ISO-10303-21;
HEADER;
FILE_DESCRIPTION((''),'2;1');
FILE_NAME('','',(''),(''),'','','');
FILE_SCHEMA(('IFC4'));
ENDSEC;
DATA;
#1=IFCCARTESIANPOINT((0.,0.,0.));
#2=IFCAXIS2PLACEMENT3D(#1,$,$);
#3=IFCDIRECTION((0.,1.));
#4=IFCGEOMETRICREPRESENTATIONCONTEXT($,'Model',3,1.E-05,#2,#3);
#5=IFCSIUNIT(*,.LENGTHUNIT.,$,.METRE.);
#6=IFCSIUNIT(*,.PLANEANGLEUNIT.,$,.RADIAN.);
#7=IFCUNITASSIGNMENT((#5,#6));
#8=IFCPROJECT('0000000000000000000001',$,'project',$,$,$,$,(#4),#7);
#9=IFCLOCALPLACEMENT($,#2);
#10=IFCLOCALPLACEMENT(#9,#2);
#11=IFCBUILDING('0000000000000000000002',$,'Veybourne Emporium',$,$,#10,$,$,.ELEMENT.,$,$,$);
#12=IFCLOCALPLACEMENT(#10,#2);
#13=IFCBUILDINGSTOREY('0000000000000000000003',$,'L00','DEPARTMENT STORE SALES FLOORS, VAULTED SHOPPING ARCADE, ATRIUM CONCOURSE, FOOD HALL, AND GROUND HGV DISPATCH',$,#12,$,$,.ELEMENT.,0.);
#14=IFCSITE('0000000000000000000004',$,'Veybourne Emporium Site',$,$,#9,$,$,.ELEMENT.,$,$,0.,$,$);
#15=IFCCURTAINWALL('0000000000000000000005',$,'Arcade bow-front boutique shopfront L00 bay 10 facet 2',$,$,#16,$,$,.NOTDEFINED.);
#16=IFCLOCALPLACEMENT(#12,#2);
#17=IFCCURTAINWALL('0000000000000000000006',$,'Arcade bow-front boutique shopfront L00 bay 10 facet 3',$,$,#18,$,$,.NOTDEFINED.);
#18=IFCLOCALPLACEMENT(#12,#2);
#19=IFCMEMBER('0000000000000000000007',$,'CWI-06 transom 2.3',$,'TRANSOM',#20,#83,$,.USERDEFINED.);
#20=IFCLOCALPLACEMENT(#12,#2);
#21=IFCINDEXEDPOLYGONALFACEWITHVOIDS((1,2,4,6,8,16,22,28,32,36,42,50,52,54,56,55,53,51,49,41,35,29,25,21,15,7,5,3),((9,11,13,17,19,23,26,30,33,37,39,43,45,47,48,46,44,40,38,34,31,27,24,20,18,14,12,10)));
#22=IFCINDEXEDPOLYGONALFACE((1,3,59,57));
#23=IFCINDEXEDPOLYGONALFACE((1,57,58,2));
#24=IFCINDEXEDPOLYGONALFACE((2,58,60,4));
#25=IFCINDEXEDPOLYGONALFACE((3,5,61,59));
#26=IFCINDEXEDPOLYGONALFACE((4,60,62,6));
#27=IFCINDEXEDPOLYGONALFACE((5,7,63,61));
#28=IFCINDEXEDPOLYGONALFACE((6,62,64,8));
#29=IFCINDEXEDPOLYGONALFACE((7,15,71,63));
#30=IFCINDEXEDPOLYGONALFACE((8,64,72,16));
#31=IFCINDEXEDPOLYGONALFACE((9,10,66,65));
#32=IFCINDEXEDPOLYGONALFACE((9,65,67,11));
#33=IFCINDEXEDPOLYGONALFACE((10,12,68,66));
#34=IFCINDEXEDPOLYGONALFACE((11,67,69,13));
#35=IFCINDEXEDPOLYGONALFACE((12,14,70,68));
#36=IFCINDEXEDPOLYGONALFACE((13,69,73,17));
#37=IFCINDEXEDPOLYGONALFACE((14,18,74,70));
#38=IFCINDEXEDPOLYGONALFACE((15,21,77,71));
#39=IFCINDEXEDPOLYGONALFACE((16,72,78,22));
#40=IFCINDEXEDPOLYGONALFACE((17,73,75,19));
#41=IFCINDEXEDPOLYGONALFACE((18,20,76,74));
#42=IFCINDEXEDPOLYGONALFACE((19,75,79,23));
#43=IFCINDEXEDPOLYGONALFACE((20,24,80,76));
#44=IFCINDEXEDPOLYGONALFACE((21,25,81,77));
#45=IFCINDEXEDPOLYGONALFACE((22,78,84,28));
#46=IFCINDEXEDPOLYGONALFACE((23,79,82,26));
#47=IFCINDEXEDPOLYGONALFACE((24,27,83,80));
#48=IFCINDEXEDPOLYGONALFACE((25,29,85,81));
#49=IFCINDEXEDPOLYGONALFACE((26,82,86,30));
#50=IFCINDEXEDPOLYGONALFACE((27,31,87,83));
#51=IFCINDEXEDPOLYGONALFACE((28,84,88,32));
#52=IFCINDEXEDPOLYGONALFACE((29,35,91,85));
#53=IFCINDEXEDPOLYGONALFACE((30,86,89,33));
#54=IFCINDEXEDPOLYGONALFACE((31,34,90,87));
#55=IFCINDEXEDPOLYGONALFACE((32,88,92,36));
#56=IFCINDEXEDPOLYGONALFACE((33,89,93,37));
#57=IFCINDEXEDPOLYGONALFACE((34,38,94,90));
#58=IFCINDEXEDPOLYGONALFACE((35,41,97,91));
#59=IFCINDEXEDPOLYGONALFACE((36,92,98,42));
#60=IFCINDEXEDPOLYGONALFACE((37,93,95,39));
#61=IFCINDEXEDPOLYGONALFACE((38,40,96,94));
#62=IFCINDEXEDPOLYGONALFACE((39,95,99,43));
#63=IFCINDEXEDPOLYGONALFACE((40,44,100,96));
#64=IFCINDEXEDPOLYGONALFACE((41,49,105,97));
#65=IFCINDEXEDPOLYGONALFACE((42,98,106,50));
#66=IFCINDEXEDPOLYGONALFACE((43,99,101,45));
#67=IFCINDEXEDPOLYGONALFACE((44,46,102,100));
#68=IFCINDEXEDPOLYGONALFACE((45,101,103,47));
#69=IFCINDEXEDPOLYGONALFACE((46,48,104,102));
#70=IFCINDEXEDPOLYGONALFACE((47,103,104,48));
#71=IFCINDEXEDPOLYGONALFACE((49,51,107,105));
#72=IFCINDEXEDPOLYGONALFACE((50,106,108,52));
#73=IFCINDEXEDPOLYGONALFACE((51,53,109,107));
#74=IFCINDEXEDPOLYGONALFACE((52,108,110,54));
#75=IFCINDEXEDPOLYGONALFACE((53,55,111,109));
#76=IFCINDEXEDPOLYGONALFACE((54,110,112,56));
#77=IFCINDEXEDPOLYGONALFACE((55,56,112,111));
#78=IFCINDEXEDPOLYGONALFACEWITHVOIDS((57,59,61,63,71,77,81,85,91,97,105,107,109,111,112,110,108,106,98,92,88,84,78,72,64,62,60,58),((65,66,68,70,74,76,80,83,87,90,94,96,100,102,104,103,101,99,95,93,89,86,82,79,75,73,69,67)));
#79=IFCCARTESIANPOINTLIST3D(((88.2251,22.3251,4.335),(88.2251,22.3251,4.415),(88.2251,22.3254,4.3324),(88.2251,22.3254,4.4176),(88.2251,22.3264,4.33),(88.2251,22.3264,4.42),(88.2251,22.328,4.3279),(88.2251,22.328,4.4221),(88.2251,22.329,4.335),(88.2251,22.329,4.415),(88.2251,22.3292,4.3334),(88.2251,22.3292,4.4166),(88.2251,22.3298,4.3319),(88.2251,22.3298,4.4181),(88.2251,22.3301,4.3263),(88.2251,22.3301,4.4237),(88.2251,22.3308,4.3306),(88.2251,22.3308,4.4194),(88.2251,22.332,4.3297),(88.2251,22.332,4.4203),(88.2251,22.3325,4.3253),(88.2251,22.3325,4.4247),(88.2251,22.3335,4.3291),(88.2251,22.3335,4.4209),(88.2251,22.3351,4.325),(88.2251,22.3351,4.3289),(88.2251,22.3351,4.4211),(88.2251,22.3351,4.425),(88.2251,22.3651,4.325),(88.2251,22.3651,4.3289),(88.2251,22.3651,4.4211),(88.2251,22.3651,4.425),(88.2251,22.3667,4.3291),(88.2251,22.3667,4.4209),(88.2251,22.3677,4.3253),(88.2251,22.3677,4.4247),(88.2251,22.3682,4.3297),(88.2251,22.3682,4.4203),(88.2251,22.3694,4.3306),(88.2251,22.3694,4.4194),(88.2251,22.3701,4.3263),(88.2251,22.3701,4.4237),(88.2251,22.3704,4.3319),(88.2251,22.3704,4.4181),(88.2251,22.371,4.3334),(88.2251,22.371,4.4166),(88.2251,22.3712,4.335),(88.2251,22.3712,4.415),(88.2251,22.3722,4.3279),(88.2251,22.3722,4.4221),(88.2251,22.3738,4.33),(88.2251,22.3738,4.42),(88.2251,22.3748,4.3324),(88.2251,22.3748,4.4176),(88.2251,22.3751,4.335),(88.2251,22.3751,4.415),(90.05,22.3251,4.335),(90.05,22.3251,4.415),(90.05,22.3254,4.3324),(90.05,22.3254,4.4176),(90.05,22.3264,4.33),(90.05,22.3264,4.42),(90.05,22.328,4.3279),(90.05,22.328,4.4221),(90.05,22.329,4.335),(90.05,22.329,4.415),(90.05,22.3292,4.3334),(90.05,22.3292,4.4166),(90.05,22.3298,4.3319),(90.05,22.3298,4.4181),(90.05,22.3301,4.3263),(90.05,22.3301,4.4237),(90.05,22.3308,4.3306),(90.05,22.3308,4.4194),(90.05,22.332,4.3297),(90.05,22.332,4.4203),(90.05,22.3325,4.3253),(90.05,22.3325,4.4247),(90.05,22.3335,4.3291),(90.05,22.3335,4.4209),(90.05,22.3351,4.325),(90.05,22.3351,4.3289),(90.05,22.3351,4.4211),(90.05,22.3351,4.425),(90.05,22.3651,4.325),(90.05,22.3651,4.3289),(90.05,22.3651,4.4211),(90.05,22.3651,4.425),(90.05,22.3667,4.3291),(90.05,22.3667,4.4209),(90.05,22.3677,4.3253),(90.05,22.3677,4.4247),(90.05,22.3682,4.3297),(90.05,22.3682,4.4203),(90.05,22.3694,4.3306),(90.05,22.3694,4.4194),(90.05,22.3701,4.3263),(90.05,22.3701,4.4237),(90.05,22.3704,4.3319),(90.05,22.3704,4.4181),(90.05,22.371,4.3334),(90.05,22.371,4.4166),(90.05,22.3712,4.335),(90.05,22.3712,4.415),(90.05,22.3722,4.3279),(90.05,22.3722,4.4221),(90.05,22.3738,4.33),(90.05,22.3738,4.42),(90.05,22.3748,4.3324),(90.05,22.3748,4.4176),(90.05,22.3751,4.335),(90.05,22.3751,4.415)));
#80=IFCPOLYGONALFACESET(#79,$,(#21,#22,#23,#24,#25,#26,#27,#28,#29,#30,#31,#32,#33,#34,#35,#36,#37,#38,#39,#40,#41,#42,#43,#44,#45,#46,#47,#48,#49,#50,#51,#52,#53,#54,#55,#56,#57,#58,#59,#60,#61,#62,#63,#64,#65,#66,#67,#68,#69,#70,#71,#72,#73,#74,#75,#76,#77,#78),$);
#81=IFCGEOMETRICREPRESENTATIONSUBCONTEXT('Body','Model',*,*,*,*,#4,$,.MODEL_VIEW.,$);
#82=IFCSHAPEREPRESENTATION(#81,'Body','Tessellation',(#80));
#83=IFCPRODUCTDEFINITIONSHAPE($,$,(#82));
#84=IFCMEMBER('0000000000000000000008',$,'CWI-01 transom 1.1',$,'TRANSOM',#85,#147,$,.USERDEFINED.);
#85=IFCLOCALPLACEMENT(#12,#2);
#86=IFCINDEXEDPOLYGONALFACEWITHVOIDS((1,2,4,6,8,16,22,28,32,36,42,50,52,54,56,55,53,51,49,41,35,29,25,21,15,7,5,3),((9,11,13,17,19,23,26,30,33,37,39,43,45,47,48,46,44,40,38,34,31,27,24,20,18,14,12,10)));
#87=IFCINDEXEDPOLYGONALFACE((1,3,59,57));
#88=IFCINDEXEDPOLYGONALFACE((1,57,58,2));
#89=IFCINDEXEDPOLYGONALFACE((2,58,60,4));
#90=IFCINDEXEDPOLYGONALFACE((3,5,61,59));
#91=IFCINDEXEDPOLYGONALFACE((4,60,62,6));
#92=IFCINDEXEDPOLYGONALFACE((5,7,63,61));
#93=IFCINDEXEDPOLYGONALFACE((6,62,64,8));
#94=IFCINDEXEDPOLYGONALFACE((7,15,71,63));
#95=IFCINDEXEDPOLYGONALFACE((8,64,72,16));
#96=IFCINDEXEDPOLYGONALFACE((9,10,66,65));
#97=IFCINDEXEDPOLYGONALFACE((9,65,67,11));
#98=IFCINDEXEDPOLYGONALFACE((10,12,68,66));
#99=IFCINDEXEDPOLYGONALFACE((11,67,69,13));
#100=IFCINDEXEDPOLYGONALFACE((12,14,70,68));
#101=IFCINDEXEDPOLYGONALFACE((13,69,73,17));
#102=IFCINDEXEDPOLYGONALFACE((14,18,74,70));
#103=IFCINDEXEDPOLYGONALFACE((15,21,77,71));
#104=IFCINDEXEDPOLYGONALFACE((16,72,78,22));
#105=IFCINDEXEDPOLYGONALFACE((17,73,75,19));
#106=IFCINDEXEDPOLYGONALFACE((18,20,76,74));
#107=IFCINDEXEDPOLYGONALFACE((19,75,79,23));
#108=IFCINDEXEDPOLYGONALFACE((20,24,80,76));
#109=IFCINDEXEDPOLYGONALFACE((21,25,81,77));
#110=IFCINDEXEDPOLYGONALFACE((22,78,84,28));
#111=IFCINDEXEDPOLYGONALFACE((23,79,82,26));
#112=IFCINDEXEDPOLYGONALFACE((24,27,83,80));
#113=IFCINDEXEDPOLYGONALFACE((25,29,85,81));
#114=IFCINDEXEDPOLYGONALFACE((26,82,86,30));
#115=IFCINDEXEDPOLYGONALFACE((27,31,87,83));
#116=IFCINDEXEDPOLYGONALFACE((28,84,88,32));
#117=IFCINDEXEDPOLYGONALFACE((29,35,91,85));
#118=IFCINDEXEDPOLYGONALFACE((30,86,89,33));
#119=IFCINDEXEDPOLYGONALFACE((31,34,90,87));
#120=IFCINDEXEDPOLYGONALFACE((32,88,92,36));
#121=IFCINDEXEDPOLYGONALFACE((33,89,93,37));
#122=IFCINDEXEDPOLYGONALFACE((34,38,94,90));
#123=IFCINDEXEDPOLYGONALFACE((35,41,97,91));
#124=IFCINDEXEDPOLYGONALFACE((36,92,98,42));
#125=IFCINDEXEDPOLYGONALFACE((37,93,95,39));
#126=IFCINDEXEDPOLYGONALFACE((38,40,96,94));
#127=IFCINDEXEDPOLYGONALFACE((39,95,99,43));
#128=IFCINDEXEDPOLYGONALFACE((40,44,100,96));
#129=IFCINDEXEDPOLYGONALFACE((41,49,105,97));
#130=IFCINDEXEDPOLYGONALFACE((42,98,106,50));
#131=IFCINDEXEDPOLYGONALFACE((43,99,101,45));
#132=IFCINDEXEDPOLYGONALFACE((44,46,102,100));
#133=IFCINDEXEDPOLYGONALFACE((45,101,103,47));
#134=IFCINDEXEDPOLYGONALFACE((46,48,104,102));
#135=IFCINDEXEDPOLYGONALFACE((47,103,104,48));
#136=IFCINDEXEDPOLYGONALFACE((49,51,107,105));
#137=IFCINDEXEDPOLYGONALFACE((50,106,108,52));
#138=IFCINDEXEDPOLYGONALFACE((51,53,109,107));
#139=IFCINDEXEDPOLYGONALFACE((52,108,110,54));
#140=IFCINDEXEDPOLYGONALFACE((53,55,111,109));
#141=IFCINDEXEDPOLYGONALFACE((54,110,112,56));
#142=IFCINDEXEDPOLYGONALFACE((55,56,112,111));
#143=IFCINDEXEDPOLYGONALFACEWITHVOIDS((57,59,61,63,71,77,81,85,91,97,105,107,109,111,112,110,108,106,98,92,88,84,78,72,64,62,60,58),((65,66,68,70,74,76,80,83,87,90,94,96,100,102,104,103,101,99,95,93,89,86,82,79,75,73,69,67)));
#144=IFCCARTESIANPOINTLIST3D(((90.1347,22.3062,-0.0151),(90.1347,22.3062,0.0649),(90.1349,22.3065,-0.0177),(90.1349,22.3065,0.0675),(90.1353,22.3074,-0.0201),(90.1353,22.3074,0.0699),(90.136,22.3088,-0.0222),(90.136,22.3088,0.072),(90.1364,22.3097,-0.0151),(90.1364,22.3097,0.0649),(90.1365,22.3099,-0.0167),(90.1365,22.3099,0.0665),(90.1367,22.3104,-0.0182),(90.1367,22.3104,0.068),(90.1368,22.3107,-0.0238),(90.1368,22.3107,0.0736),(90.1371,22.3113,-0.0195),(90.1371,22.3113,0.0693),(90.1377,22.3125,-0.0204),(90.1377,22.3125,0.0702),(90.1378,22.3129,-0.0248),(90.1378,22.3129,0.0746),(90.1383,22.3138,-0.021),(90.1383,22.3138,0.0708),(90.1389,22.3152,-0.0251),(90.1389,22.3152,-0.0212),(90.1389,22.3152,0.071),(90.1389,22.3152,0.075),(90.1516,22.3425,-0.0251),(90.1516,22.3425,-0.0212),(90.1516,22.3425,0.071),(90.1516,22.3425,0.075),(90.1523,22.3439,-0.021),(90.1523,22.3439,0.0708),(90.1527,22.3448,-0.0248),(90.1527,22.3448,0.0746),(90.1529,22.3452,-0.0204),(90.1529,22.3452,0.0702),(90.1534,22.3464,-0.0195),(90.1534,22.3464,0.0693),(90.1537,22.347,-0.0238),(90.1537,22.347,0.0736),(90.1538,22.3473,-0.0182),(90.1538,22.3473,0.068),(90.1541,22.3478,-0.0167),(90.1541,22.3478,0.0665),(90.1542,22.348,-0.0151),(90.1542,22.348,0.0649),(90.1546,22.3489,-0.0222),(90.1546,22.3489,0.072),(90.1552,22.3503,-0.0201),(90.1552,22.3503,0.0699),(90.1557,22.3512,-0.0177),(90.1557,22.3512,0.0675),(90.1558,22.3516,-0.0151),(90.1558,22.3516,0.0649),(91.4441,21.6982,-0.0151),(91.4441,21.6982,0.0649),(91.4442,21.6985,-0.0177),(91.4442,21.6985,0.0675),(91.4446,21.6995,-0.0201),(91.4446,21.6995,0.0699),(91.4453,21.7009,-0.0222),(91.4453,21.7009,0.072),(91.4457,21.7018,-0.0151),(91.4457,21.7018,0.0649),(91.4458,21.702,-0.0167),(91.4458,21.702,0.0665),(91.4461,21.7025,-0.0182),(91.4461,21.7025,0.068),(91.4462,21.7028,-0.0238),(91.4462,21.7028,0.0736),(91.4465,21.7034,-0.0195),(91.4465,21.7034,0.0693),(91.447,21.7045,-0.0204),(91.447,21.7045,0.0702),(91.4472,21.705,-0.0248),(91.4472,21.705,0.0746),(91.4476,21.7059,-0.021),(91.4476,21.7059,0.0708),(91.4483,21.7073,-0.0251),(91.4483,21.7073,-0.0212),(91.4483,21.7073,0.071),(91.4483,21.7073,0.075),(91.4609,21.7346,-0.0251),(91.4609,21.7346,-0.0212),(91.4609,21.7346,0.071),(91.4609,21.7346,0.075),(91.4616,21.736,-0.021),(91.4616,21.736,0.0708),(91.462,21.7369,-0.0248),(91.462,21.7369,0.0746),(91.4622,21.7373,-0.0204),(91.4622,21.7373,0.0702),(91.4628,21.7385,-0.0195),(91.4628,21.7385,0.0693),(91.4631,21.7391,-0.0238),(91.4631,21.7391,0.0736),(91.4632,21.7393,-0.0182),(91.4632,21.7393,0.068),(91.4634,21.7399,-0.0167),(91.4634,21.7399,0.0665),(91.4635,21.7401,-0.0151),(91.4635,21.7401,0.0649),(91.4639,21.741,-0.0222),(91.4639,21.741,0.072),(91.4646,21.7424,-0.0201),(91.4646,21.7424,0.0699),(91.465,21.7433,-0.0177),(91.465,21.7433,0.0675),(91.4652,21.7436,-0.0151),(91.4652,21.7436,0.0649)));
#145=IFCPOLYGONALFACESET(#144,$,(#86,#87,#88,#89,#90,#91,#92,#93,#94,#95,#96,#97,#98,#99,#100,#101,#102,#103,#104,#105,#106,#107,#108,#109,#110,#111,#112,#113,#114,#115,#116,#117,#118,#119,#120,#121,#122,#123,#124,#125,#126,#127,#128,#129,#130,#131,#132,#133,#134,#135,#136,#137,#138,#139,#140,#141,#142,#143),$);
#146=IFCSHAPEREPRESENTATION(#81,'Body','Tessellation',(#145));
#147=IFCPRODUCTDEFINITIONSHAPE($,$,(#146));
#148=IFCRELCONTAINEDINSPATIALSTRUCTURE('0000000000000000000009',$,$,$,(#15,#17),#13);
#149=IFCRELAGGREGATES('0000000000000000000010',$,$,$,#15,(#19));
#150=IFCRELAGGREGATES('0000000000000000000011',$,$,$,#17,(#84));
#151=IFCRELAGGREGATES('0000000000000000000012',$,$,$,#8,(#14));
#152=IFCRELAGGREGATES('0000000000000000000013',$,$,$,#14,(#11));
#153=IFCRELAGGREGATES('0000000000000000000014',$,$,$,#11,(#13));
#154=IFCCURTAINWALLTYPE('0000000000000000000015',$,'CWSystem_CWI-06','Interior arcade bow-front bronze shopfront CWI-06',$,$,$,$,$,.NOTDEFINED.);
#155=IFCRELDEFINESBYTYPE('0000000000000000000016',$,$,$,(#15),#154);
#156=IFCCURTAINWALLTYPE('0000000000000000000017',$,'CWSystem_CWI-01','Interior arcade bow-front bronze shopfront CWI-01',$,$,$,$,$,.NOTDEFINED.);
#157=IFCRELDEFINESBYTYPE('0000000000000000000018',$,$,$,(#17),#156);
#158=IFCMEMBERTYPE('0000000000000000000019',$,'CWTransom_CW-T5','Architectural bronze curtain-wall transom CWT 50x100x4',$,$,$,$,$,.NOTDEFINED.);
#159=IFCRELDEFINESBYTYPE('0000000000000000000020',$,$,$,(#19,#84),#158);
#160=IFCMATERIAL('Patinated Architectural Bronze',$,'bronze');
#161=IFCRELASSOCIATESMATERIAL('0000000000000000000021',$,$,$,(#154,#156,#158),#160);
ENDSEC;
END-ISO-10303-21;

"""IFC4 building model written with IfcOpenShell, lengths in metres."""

from ifc_helpers import new_model, si_unit, direction, frame, origin, origin_2d, place, context, subcontext, project, spatial, hollow_rectangle, extrude, material, material_profile, profile_set, type_object, element, aggregate, save


model = new_model("IFC4")

# Units and contexts
model_context = context("Model", 3, precision=1e-05, world=origin(), true_north=direction((0.0, 1.0)))
body_context = subcontext(model_context, "Body", "Model", "MODEL_VIEW")
ifc_project = project(units=[si_unit("LENGTHUNIT", "METRE"), si_unit("PLANEANGLEUNIT", "RADIAN")], contexts=[model_context])

# Site, building, storey
site_placement = place(None, origin())
site = spatial("IfcSite", under=ifc_project, at=site_placement, Name="Veybourne Emporium Site", CompositionType="ELEMENT", RefElevation=0.0)
building_placement = place(site_placement, origin())
building = spatial("IfcBuilding", under=site, at=building_placement, Name="Veybourne Emporium", CompositionType="ELEMENT")
storey_placement = place(building_placement, origin())
storey = spatial("IfcBuildingStorey", under=building, at=storey_placement, Name="L00", Description="DEPARTMENT STORE SALES FLOORS, VAULTED SHOPPING ARCADE, ATRIUM CONCOURSE, FOOD HALL, AND GROUND HGV DISPATCH", CompositionType="ELEMENT", Elevation=0.0)

# Curtain wall
ifc_material_1 = material(Name="Patinated Architectural Bronze", Category="bronze")
curtain_wall_type_1 = type_object("IfcCurtainWallType", Name="CWSystem_CWI-06", Description="Interior arcade bow-front bronze shopfront CWI-06", PredefinedType="NOTDEFINED", material=ifc_material_1)
curtain_wall_1_placement = place(storey_placement, origin())
curtain_wall_1 = element("IfcCurtainWall", 1, at=curtain_wall_1_placement, inside=storey, type_object=curtain_wall_type_1, Name="Arcade bow-front boutique shopfront L00 bay 10 facet 2", PredefinedType="NOTDEFINED")

# Curtain wall
curtain_wall_type_2 = type_object("IfcCurtainWallType", Name="CWSystem_CWI-01", Description="Interior arcade bow-front bronze shopfront CWI-01", PredefinedType="NOTDEFINED", material=ifc_material_1)
curtain_wall_2_placement = place(storey_placement, origin())
curtain_wall_2 = element("IfcCurtainWall", 2, at=curtain_wall_2_placement, inside=storey, type_object=curtain_wall_type_2, Name="Arcade bow-front boutique shopfront L00 bay 10 facet 3", PredefinedType="NOTDEFINED")

# Members
ifc_material_profile_1 = material_profile(ifc_material_1, hollow_rectangle(XDim=0.05, YDim=0.1001, WallThickness=0.0039, InnerFilletRadius=0.0061, OuterFilletRadius=0.01, at=origin_2d()), Name="CWT 50x100x4")
ifc_profile_set_1 = profile_set([ifc_material_profile_1], Name="Patinated Architectural Bronze")
member_type_1 = type_object("IfcMemberType", Name="CWTransom_CW-T5", Description="Architectural bronze curtain-wall transom CWT 50x100x4", PredefinedType="NOTDEFINED", material=ifc_profile_set_1)
member_1_placement = place(storey_placement, frame((88.2251, 22.3501, 4.375), z_axis=(1.0, 0.0, 0.0), x_axis=(0.0, 1.0, 0.0)))
member_1 = element("IfcMember", 3, at=member_1_placement, type_object=member_type_1, Name="CWI-06 transom 2.3", ObjectType="TRANSOM", PredefinedType="USERDEFINED", context=body_context, shape_type="SweptSolid", body=[
    extrude(hollow_rectangle(XDim=0.05, YDim=0.1001, WallThickness=0.0039, InnerFilletRadius=0.0061, OuterFilletRadius=0.01, at=origin_2d()), origin(), (0.0, 0.0, 1.0), 1.825),
])
member_2_placement = place(storey_placement, frame((90.1453, 22.3289, 0.0249), z_axis=(0.907007, -0.421116, 0.0), x_axis=(0.421116, 0.907007, 0.0)))
member_2 = element("IfcMember", 4, at=member_2_placement, type_object=member_type_1, Name="CWI-01 transom 1.1", ObjectType="TRANSOM", PredefinedType="USERDEFINED", context=body_context, shape_type="SweptSolid", body=[
    extrude(hollow_rectangle(XDim=0.05, YDim=0.1001, WallThickness=0.0039, InnerFilletRadius=0.0061, OuterFilletRadius=0.01, at=origin_2d()), origin(), (0.0, 0.0, 1.0), 1.4436),
])

aggregate(curtain_wall_1, [member_1])
aggregate(curtain_wall_2, [member_2])

save(model, "model.ifc")
